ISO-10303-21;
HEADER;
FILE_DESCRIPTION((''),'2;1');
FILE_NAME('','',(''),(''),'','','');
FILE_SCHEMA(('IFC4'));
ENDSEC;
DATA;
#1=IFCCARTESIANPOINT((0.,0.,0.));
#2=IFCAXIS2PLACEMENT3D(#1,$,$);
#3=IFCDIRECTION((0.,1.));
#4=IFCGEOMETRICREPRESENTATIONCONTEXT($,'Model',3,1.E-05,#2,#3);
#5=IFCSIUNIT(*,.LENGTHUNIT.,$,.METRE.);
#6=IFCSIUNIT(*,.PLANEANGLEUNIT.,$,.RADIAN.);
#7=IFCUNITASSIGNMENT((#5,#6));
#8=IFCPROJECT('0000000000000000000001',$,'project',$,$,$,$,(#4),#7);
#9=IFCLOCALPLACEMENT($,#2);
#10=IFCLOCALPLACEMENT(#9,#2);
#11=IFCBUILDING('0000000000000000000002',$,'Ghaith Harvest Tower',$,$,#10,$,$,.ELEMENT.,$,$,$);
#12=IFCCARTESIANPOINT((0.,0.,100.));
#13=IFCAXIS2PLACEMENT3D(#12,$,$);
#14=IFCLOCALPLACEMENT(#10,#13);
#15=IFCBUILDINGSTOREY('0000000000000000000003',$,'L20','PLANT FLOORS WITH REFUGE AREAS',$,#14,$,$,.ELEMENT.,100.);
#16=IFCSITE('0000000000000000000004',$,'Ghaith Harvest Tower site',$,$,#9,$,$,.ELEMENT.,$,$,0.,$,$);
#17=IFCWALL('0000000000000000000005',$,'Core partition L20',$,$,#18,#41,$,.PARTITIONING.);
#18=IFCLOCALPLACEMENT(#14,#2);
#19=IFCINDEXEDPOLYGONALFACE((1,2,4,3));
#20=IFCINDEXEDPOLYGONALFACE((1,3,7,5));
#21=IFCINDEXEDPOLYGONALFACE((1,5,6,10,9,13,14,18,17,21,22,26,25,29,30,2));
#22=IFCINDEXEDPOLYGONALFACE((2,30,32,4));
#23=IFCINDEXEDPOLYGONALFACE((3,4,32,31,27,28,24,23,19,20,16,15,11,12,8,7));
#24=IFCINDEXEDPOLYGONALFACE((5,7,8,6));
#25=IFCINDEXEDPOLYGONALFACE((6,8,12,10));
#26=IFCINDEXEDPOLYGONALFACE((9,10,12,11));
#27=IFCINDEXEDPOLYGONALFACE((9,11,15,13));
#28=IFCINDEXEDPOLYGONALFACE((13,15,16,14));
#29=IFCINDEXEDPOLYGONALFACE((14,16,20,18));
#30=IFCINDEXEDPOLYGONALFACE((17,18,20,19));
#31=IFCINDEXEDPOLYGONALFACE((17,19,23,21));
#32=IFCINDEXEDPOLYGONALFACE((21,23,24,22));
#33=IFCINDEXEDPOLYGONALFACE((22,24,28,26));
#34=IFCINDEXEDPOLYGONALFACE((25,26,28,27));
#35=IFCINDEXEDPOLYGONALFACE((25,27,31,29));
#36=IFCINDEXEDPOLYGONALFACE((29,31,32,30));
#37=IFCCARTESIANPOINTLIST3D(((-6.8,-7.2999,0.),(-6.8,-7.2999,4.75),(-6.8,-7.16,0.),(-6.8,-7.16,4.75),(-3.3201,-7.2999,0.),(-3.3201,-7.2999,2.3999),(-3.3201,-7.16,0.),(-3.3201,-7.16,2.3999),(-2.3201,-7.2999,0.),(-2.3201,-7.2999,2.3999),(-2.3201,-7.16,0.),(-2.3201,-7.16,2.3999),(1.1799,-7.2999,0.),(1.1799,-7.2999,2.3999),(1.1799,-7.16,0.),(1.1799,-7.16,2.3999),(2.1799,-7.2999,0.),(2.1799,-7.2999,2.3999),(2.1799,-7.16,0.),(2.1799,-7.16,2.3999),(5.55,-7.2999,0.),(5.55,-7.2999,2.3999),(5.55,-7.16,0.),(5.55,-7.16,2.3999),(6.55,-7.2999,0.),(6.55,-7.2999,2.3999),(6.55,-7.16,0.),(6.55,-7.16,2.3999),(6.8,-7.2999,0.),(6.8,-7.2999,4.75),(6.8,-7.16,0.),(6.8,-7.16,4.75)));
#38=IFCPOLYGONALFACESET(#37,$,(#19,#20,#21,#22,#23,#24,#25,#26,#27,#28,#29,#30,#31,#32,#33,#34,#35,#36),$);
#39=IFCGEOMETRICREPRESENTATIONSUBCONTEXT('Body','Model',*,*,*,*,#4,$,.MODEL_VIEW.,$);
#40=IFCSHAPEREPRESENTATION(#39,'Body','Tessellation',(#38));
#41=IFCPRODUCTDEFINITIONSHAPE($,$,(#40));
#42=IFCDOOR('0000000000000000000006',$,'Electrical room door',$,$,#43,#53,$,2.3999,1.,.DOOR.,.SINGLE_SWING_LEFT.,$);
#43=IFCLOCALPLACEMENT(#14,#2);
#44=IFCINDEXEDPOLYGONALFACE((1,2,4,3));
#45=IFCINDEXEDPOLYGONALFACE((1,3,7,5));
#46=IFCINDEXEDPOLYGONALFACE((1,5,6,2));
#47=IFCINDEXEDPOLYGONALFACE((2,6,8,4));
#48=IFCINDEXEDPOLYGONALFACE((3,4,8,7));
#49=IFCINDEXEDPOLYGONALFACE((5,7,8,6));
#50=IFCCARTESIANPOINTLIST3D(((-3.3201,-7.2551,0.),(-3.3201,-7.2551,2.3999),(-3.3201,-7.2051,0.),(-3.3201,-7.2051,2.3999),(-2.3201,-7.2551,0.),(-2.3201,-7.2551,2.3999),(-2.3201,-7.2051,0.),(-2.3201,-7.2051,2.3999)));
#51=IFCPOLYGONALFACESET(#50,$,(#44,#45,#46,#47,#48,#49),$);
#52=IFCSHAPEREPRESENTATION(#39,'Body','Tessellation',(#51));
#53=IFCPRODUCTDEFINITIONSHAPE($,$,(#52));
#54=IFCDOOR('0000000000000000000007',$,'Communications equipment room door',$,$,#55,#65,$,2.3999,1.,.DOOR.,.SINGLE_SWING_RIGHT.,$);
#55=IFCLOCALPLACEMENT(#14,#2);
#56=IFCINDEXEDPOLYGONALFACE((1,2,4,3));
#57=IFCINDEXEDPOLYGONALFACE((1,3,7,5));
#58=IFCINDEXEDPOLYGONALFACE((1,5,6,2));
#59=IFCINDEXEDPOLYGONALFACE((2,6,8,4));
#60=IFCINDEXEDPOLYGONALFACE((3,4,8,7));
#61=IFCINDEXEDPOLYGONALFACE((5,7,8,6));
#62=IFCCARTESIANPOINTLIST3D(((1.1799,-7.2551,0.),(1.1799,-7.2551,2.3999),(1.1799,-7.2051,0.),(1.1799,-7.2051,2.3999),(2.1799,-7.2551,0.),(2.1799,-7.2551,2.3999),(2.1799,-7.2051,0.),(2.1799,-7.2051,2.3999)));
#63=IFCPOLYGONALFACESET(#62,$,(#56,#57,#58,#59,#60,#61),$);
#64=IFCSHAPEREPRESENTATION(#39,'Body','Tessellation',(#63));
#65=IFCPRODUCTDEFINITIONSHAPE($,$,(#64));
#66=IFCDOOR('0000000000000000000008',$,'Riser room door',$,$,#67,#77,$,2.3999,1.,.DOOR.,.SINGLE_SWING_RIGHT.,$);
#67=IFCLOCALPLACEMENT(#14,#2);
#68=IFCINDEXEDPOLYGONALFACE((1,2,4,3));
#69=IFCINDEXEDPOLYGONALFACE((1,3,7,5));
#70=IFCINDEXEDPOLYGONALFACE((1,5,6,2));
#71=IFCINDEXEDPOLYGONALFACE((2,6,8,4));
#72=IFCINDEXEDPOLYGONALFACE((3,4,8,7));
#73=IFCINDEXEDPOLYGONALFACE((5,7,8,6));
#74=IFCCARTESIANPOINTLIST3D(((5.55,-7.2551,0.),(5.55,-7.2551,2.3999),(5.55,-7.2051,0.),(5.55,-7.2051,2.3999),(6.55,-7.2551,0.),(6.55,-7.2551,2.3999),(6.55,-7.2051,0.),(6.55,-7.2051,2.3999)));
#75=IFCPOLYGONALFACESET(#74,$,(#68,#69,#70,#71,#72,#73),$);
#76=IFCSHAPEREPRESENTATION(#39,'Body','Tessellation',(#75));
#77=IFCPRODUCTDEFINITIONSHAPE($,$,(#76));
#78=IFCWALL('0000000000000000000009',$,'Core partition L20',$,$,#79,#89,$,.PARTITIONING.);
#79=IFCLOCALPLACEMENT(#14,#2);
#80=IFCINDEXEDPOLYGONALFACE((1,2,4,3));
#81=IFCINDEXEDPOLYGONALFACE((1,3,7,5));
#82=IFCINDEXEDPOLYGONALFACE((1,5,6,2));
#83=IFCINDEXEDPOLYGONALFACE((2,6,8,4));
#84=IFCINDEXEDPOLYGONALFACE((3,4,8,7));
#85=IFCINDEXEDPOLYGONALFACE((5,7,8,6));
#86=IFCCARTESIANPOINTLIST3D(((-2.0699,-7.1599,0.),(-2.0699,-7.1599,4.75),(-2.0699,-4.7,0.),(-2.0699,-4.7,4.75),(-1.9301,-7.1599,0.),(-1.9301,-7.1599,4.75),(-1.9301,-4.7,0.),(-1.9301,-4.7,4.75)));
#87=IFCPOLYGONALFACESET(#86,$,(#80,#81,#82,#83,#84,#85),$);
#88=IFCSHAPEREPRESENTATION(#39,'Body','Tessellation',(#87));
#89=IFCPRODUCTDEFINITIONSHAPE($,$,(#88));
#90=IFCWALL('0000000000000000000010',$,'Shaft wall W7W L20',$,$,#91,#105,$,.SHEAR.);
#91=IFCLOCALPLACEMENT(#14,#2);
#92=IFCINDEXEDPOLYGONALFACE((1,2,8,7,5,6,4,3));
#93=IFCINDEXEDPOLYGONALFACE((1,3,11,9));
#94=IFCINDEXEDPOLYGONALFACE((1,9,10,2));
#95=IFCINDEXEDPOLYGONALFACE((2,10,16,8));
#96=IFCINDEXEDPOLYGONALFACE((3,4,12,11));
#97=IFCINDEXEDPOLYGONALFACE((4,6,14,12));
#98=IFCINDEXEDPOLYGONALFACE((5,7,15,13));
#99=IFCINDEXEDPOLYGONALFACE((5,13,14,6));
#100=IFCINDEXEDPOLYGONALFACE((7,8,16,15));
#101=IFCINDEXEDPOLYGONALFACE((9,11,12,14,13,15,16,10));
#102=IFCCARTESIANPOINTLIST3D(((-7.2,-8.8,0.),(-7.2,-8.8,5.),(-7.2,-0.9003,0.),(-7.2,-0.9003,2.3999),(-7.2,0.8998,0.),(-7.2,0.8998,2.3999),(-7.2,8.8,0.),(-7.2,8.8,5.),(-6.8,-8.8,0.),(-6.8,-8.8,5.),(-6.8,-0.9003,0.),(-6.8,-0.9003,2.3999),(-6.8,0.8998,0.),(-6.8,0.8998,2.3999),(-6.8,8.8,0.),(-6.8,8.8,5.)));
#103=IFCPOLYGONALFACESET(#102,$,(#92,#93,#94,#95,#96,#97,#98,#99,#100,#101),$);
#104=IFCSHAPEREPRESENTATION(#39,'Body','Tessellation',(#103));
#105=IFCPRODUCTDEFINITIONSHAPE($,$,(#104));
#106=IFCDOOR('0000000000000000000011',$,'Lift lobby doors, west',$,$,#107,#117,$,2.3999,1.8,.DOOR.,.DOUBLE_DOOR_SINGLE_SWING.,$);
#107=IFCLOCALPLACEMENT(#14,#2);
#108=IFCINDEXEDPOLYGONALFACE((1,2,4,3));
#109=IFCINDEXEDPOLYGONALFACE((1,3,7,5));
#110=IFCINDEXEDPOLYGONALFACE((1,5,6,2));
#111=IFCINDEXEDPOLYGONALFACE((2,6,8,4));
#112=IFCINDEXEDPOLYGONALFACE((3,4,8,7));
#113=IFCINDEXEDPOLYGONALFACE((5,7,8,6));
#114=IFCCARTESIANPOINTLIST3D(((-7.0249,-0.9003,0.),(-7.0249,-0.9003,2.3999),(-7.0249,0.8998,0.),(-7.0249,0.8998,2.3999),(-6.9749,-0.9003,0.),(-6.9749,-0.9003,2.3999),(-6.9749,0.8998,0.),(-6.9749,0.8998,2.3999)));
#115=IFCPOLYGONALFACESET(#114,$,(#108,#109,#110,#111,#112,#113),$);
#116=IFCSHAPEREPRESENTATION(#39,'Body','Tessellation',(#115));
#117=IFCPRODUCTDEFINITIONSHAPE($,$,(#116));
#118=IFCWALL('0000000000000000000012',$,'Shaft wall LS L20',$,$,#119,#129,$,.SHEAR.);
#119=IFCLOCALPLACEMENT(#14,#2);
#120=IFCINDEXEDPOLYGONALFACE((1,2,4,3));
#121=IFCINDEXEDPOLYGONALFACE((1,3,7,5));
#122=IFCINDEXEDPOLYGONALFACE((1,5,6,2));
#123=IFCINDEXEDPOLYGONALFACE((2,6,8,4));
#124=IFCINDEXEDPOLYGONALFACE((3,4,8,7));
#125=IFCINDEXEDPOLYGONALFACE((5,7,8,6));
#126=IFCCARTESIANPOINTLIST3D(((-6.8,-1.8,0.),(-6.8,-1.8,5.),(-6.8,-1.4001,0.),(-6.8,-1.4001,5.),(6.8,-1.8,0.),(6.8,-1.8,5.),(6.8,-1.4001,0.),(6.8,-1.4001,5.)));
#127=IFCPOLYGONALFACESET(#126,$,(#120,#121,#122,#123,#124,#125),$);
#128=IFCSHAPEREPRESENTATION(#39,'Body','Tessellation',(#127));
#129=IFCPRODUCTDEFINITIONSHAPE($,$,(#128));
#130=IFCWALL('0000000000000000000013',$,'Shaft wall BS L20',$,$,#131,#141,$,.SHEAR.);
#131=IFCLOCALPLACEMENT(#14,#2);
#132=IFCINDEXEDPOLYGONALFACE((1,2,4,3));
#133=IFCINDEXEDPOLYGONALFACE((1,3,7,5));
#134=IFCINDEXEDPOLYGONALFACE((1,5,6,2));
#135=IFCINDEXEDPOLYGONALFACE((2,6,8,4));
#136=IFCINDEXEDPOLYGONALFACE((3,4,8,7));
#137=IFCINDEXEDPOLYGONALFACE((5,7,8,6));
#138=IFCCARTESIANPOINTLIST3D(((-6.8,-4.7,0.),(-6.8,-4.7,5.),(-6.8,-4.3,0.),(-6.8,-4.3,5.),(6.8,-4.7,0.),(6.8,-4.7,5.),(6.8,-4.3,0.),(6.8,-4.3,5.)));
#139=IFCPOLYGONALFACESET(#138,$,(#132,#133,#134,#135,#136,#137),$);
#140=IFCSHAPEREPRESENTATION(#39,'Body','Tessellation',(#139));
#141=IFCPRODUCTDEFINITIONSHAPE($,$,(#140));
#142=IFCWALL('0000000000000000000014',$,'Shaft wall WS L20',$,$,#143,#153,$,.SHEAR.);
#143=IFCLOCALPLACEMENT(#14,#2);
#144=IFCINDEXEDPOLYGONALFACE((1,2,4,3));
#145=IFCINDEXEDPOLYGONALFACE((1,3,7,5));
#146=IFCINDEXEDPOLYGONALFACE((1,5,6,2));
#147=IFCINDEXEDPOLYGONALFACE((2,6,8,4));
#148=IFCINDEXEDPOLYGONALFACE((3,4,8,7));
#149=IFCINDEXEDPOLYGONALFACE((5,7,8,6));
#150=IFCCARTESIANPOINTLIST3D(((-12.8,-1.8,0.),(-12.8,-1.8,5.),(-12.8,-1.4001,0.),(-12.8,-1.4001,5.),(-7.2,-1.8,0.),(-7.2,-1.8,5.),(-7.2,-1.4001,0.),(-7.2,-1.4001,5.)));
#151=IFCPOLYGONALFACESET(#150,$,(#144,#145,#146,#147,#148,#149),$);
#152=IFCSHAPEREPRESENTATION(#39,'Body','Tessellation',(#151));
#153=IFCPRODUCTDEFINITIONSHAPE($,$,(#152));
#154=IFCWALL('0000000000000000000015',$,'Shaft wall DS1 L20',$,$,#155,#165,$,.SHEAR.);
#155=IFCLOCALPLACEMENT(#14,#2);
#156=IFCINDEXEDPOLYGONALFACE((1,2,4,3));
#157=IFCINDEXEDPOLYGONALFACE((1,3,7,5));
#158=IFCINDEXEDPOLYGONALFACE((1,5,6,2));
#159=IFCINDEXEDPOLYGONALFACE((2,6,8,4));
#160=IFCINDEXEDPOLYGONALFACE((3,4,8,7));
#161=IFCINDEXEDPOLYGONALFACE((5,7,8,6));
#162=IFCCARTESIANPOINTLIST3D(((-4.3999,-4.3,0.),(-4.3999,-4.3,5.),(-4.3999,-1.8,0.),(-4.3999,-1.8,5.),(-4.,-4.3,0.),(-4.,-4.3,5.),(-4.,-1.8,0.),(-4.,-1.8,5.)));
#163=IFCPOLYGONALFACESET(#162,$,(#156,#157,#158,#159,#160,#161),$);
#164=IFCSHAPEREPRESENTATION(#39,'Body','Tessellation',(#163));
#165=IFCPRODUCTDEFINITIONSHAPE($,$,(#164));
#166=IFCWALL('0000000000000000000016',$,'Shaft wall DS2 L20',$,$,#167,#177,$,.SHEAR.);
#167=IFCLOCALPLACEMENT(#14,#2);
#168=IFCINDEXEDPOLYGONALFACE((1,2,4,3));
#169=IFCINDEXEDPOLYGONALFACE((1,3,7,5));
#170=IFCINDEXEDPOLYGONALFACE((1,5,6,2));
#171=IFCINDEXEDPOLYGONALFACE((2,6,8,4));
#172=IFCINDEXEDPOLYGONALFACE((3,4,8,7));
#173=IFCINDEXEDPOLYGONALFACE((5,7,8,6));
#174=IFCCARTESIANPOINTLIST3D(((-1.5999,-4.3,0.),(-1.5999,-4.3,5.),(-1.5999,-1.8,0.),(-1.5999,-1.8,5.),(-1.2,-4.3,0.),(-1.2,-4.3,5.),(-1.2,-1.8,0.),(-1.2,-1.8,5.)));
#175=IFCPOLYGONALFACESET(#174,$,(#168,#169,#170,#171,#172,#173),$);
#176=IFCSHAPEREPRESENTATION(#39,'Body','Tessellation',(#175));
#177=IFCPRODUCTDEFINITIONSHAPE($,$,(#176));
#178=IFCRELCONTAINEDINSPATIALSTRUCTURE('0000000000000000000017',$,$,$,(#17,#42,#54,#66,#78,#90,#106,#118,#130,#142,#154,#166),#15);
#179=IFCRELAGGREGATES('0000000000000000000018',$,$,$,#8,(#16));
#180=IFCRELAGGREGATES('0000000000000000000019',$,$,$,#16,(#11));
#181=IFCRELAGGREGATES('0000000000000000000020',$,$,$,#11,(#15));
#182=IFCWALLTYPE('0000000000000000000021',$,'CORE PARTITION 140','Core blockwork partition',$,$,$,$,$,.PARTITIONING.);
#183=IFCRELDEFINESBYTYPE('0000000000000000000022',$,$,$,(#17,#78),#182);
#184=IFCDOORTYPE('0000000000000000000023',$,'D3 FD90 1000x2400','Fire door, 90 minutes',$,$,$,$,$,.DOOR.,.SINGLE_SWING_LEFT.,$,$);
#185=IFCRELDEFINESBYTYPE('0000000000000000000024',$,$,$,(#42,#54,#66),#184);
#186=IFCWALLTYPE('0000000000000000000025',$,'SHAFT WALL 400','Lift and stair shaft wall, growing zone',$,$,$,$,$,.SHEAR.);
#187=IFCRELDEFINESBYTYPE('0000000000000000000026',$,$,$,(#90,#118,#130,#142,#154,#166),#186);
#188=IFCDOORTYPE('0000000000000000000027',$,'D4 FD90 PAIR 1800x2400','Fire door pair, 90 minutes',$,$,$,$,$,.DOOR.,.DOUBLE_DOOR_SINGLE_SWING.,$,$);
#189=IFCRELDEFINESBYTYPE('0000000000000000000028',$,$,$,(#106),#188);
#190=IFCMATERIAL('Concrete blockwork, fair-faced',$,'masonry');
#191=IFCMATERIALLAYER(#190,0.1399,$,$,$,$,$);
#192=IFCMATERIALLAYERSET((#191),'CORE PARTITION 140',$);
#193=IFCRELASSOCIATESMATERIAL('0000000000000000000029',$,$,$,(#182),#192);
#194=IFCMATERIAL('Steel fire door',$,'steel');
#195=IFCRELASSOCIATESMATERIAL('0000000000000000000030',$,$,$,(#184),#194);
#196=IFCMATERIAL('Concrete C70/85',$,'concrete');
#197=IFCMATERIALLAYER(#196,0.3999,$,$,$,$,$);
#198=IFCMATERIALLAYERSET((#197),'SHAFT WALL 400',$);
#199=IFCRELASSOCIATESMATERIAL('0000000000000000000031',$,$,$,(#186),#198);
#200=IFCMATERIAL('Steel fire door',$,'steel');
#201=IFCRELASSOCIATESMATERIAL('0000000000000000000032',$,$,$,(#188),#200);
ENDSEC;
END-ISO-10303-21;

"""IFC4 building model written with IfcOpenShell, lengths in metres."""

from ifc_helpers import new_model, si_unit, direction, frame, frame_2d, origin, place, context, subcontext, project, spatial, rectangle, extrude, material, layer, layer_set, type_object, element, fill, save


model = new_model("IFC4")

# Units and contexts
model_context = context("Model", 3, precision=1e-05, world=origin(), true_north=direction((0.0, 1.0)))
body_context = subcontext(model_context, "Body", "Model", "MODEL_VIEW")
ifc_project = project(units=[si_unit("LENGTHUNIT", "METRE"), si_unit("PLANEANGLEUNIT", "RADIAN")], contexts=[model_context])

# Site, building, storey
site_placement = place(None, origin())
site = spatial("IfcSite", under=ifc_project, at=site_placement, Name="Ghaith Harvest Tower site", CompositionType="ELEMENT", RefElevation=0.0)
building_placement = place(site_placement, origin())
building = spatial("IfcBuilding", under=site, at=building_placement, Name="Ghaith Harvest Tower", CompositionType="ELEMENT")
storey_placement = place(building_placement, frame((0.0, 0.0, 100.0)))
storey = spatial("IfcBuildingStorey", under=building, at=storey_placement, Name="L20", Description="PLANT FLOORS WITH REFUGE AREAS", CompositionType="ELEMENT", Elevation=100.0)

# Wall, openings, doors
ifc_material_1 = material(Name="Concrete blockwork, fair-faced", Category="masonry")
ifc_layer_1 = layer(ifc_material_1, 0.1399)
ifc_layer_set_1 = layer_set([ifc_layer_1], Name="CORE PARTITION 140")
wall_type_1 = type_object("IfcWallType", Name="CORE PARTITION 140", Description="Core blockwork partition", PredefinedType="PARTITIONING", material=ifc_layer_set_1)
wall_1_placement = place(storey_placement, frame((-6.8, -7.23, 0.0), z_axis=(0.0, 0.0, 1.0), x_axis=(1.0, 0.0, 0.0)))
wall_1 = element("IfcWall", 1, at=wall_1_placement, inside=storey, type_object=wall_type_1, Name="Core partition L20", PredefinedType="PARTITIONING", context=body_context, shape_type="SweptSolid", body=[
    extrude(rectangle(XDim=13.6001, YDim=0.1399, at=frame_2d((6.8, 0.0))), origin(), (0.0, 0.0, 1.0), 4.75),
])
opening_1_placement = place(wall_1_placement, frame((3.48, 0.0, 0.0)))
opening_1 = element("IfcOpeningElement", 2, at=opening_1_placement, cuts=wall_1, PredefinedType="OPENING", context=body_context, shape_type="SweptSolid", body=[
    extrude(rectangle(XDim=1.0, YDim=2.3999, at=frame_2d((0.5, 1.2))), frame((0.0, 0.0801, 0.0), z_axis=(0.0, -1.0, 0.0), x_axis=(1.0, 0.0, 0.0)), (0.0, 0.0, 1.0), 0.1599),
])
opening_2_placement = place(wall_1_placement, frame((7.98, 0.0, 0.0)))
opening_2 = element("IfcOpeningElement", 3, at=opening_2_placement, cuts=wall_1, PredefinedType="OPENING", context=body_context, shape_type="SweptSolid", body=[
    extrude(rectangle(XDim=1.0, YDim=2.3999, at=frame_2d((0.5, 1.2))), frame((0.0, 0.0801, 0.0), z_axis=(0.0, -1.0, 0.0), x_axis=(1.0, 0.0, 0.0)), (0.0, 0.0, 1.0), 0.1599),
])
opening_3_placement = place(wall_1_placement, frame((12.3501, 0.0, 0.0)))
opening_3 = element("IfcOpeningElement", 4, at=opening_3_placement, cuts=wall_1, PredefinedType="OPENING", context=body_context, shape_type="SweptSolid", body=[
    extrude(rectangle(XDim=1.0, YDim=2.3999, at=frame_2d((0.5, 1.2))), frame((0.0, 0.0801, 0.0), z_axis=(0.0, -1.0, 0.0), x_axis=(1.0, 0.0, 0.0)), (0.0, 0.0, 1.0), 0.1599),
])
ifc_material_2 = material(Name="Steel fire door", Category="steel")
door_type_1 = type_object("IfcDoorType", Name="D3 FD90 1000x2400", Description="Fire door, 90 minutes", OperationType="SINGLE_SWING_LEFT", PredefinedType="DOOR", material=ifc_material_2)
door_1_placement = place(opening_1_placement, origin())
door_1 = element("IfcDoor", 5, at=door_1_placement, inside=storey, type_object=door_type_1, Name="Electrical room door", OperationType="SINGLE_SWING_LEFT", OverallHeight=2.3999, OverallWidth=1.0, PredefinedType="DOOR", context=body_context, shape_type="SweptSolid", body=[
    extrude(rectangle(XDim=1.0, YDim=2.3999, at=frame_2d((0.5, 1.2))), frame((0.0, 0.0249, 0.0), z_axis=(0.0, -1.0, 0.0), x_axis=(1.0, 0.0, 0.0)), (0.0, 0.0, 1.0), 0.05),
])
fill(opening_1, door_1)
door_2_placement = place(opening_2_placement, origin())
door_2 = element("IfcDoor", 6, at=door_2_placement, inside=storey, type_object=door_type_1, Name="Communications equipment room door", OperationType="SINGLE_SWING_RIGHT", OverallHeight=2.3999, OverallWidth=1.0, PredefinedType="DOOR", context=body_context, shape_type="SweptSolid", body=[
    extrude(rectangle(XDim=1.0, YDim=2.3999, at=frame_2d((0.5, 1.2))), frame((0.0, 0.0249, 0.0), z_axis=(0.0, -1.0, 0.0), x_axis=(1.0, 0.0, 0.0)), (0.0, 0.0, 1.0), 0.05),
])
fill(opening_2, door_2)
door_3_placement = place(opening_3_placement, origin())
door_3 = element("IfcDoor", 7, at=door_3_placement, inside=storey, type_object=door_type_1, Name="Riser room door", OperationType="SINGLE_SWING_RIGHT", OverallHeight=2.3999, OverallWidth=1.0, PredefinedType="DOOR", context=body_context, shape_type="SweptSolid", body=[
    extrude(rectangle(XDim=1.0, YDim=2.3999, at=frame_2d((0.5, 1.2))), frame((0.0, 0.0249, 0.0), z_axis=(0.0, -1.0, 0.0), x_axis=(1.0, 0.0, 0.0)), (0.0, 0.0, 1.0), 0.05),
])
fill(opening_3, door_3)

# Wall
wall_2_placement = place(storey_placement, frame((-2.0, -4.7, 0.0), z_axis=(0.0, 0.0, 1.0), x_axis=(0.0, -1.0, 0.0)))
element("IfcWall", 8, at=wall_2_placement, inside=storey, type_object=wall_type_1, Name="Core partition L20", PredefinedType="PARTITIONING", context=body_context, shape_type="SweptSolid", body=[
    extrude(rectangle(XDim=2.46, YDim=0.1399, at=frame_2d((1.23, 0.0))), origin(), (0.0, 0.0, 1.0), 4.75),
])

# Wall, opening, door
ifc_material_3 = material(Name="Concrete C70/85", Category="concrete")
ifc_layer_2 = layer(ifc_material_3, 0.3999)
ifc_layer_set_2 = layer_set([ifc_layer_2], Name="SHAFT WALL 400")
wall_type_2 = type_object("IfcWallType", Name="SHAFT WALL 400", Description="Lift and stair shaft wall, growing zone", PredefinedType="SHEAR", material=ifc_layer_set_2)
wall_3_placement = place(storey_placement, frame((-7.0, -8.8, 0.0), z_axis=(0.0, 0.0, 1.0), x_axis=(0.0, 1.0, 0.0)))
wall_3 = element("IfcWall", 9, at=wall_3_placement, inside=storey, type_object=wall_type_2, Name="Shaft wall W7W L20", PredefinedType="SHEAR", context=body_context, shape_type="SweptSolid", body=[
    extrude(rectangle(XDim=17.6001, YDim=0.3999, at=frame_2d((8.8, 0.0))), origin(), (0.0, 0.0, 1.0), 5.0),
])
opening_4_placement = place(wall_3_placement, frame((7.8999, 0.0, 0.0)))
opening_4 = element("IfcOpeningElement", 10, at=opening_4_placement, cuts=wall_3, PredefinedType="OPENING", context=body_context, shape_type="SweptSolid", body=[
    extrude(rectangle(XDim=1.8, YDim=2.3999, at=frame_2d((0.8999, 1.2))), frame((0.0, 0.21, 0.0), z_axis=(0.0, -1.0, 0.0), x_axis=(1.0, 0.0, 0.0)), (0.0, 0.0, 1.0), 0.4199),
])
ifc_material_4 = material(Name="Steel fire door", Category="steel")
door_type_2 = type_object("IfcDoorType", Name="D4 FD90 PAIR 1800x2400", Description="Fire door pair, 90 minutes", OperationType="DOUBLE_DOOR_SINGLE_SWING", PredefinedType="DOOR", material=ifc_material_4)
door_4_placement = place(opening_4_placement, origin())
door_4 = element("IfcDoor", 11, at=door_4_placement, inside=storey, type_object=door_type_2, Name="Lift lobby doors, west", OperationType="DOUBLE_DOOR_SINGLE_SWING", OverallHeight=2.3999, OverallWidth=1.8, PredefinedType="DOOR", context=body_context, shape_type="SweptSolid", body=[
    extrude(rectangle(XDim=1.8, YDim=2.3999, at=frame_2d((0.8999, 1.2))), frame((0.0, 0.0249, 0.0), z_axis=(0.0, -1.0, 0.0), x_axis=(1.0, 0.0, 0.0)), (0.0, 0.0, 1.0), 0.05),
])
fill(opening_4, door_4)

# Walls
for number, where, z_axis, x_axis, name in (
    (12, (-6.8, -1.6001, 0.0), (0.0, 0.0, 1.0), (1.0, 0.0, 0.0), "Shaft wall LS L20"),
    (13, (-6.8, -4.5, 0.0), (0.0, 0.0, 1.0), (1.0, 0.0, 0.0), "Shaft wall BS L20"),
):
    element("IfcWall", number, at=place(storey_placement, frame(where, z_axis=z_axis, x_axis=x_axis)), inside=storey, type_object=wall_type_2, Name=name, PredefinedType="SHEAR", context=body_context, shape_type="SweptSolid", body=[
        extrude(rectangle(XDim=13.6001, YDim=0.3999, at=frame_2d((6.8, 0.0))), origin(), (0.0, 0.0, 1.0), 5.0),
    ])
wall_4_placement = place(storey_placement, frame((-12.8, -1.6001, 0.0), z_axis=(0.0, 0.0, 1.0), x_axis=(1.0, 0.0, 0.0)))
element("IfcWall", 14, at=wall_4_placement, inside=storey, type_object=wall_type_2, Name="Shaft wall WS L20", PredefinedType="SHEAR", context=body_context, shape_type="SweptSolid", body=[
    extrude(rectangle(XDim=5.6001, YDim=0.3999, at=frame_2d((2.8, 0.0))), origin(), (0.0, 0.0, 1.0), 5.0),
])
for number, where, z_axis, x_axis, name in (
    (15, (-4.2, -4.3, 0.0), (0.0, 0.0, 1.0), (0.0, 1.0, 0.0), "Shaft wall DS1 L20"),
    (16, (-1.3999, -4.3, 0.0), (0.0, 0.0, 1.0), (0.0, 1.0, 0.0), "Shaft wall DS2 L20"),
):
    element("IfcWall", number, at=place(storey_placement, frame(where, z_axis=z_axis, x_axis=x_axis)), inside=storey, type_object=wall_type_2, Name=name, PredefinedType="SHEAR", context=body_context, shape_type="SweptSolid", body=[
        extrude(rectangle(XDim=2.5, YDim=0.3999, at=frame_2d((1.25, 0.0))), origin(), (0.0, 0.0, 1.0), 5.0),
    ])

save(model, "model.ifc")
